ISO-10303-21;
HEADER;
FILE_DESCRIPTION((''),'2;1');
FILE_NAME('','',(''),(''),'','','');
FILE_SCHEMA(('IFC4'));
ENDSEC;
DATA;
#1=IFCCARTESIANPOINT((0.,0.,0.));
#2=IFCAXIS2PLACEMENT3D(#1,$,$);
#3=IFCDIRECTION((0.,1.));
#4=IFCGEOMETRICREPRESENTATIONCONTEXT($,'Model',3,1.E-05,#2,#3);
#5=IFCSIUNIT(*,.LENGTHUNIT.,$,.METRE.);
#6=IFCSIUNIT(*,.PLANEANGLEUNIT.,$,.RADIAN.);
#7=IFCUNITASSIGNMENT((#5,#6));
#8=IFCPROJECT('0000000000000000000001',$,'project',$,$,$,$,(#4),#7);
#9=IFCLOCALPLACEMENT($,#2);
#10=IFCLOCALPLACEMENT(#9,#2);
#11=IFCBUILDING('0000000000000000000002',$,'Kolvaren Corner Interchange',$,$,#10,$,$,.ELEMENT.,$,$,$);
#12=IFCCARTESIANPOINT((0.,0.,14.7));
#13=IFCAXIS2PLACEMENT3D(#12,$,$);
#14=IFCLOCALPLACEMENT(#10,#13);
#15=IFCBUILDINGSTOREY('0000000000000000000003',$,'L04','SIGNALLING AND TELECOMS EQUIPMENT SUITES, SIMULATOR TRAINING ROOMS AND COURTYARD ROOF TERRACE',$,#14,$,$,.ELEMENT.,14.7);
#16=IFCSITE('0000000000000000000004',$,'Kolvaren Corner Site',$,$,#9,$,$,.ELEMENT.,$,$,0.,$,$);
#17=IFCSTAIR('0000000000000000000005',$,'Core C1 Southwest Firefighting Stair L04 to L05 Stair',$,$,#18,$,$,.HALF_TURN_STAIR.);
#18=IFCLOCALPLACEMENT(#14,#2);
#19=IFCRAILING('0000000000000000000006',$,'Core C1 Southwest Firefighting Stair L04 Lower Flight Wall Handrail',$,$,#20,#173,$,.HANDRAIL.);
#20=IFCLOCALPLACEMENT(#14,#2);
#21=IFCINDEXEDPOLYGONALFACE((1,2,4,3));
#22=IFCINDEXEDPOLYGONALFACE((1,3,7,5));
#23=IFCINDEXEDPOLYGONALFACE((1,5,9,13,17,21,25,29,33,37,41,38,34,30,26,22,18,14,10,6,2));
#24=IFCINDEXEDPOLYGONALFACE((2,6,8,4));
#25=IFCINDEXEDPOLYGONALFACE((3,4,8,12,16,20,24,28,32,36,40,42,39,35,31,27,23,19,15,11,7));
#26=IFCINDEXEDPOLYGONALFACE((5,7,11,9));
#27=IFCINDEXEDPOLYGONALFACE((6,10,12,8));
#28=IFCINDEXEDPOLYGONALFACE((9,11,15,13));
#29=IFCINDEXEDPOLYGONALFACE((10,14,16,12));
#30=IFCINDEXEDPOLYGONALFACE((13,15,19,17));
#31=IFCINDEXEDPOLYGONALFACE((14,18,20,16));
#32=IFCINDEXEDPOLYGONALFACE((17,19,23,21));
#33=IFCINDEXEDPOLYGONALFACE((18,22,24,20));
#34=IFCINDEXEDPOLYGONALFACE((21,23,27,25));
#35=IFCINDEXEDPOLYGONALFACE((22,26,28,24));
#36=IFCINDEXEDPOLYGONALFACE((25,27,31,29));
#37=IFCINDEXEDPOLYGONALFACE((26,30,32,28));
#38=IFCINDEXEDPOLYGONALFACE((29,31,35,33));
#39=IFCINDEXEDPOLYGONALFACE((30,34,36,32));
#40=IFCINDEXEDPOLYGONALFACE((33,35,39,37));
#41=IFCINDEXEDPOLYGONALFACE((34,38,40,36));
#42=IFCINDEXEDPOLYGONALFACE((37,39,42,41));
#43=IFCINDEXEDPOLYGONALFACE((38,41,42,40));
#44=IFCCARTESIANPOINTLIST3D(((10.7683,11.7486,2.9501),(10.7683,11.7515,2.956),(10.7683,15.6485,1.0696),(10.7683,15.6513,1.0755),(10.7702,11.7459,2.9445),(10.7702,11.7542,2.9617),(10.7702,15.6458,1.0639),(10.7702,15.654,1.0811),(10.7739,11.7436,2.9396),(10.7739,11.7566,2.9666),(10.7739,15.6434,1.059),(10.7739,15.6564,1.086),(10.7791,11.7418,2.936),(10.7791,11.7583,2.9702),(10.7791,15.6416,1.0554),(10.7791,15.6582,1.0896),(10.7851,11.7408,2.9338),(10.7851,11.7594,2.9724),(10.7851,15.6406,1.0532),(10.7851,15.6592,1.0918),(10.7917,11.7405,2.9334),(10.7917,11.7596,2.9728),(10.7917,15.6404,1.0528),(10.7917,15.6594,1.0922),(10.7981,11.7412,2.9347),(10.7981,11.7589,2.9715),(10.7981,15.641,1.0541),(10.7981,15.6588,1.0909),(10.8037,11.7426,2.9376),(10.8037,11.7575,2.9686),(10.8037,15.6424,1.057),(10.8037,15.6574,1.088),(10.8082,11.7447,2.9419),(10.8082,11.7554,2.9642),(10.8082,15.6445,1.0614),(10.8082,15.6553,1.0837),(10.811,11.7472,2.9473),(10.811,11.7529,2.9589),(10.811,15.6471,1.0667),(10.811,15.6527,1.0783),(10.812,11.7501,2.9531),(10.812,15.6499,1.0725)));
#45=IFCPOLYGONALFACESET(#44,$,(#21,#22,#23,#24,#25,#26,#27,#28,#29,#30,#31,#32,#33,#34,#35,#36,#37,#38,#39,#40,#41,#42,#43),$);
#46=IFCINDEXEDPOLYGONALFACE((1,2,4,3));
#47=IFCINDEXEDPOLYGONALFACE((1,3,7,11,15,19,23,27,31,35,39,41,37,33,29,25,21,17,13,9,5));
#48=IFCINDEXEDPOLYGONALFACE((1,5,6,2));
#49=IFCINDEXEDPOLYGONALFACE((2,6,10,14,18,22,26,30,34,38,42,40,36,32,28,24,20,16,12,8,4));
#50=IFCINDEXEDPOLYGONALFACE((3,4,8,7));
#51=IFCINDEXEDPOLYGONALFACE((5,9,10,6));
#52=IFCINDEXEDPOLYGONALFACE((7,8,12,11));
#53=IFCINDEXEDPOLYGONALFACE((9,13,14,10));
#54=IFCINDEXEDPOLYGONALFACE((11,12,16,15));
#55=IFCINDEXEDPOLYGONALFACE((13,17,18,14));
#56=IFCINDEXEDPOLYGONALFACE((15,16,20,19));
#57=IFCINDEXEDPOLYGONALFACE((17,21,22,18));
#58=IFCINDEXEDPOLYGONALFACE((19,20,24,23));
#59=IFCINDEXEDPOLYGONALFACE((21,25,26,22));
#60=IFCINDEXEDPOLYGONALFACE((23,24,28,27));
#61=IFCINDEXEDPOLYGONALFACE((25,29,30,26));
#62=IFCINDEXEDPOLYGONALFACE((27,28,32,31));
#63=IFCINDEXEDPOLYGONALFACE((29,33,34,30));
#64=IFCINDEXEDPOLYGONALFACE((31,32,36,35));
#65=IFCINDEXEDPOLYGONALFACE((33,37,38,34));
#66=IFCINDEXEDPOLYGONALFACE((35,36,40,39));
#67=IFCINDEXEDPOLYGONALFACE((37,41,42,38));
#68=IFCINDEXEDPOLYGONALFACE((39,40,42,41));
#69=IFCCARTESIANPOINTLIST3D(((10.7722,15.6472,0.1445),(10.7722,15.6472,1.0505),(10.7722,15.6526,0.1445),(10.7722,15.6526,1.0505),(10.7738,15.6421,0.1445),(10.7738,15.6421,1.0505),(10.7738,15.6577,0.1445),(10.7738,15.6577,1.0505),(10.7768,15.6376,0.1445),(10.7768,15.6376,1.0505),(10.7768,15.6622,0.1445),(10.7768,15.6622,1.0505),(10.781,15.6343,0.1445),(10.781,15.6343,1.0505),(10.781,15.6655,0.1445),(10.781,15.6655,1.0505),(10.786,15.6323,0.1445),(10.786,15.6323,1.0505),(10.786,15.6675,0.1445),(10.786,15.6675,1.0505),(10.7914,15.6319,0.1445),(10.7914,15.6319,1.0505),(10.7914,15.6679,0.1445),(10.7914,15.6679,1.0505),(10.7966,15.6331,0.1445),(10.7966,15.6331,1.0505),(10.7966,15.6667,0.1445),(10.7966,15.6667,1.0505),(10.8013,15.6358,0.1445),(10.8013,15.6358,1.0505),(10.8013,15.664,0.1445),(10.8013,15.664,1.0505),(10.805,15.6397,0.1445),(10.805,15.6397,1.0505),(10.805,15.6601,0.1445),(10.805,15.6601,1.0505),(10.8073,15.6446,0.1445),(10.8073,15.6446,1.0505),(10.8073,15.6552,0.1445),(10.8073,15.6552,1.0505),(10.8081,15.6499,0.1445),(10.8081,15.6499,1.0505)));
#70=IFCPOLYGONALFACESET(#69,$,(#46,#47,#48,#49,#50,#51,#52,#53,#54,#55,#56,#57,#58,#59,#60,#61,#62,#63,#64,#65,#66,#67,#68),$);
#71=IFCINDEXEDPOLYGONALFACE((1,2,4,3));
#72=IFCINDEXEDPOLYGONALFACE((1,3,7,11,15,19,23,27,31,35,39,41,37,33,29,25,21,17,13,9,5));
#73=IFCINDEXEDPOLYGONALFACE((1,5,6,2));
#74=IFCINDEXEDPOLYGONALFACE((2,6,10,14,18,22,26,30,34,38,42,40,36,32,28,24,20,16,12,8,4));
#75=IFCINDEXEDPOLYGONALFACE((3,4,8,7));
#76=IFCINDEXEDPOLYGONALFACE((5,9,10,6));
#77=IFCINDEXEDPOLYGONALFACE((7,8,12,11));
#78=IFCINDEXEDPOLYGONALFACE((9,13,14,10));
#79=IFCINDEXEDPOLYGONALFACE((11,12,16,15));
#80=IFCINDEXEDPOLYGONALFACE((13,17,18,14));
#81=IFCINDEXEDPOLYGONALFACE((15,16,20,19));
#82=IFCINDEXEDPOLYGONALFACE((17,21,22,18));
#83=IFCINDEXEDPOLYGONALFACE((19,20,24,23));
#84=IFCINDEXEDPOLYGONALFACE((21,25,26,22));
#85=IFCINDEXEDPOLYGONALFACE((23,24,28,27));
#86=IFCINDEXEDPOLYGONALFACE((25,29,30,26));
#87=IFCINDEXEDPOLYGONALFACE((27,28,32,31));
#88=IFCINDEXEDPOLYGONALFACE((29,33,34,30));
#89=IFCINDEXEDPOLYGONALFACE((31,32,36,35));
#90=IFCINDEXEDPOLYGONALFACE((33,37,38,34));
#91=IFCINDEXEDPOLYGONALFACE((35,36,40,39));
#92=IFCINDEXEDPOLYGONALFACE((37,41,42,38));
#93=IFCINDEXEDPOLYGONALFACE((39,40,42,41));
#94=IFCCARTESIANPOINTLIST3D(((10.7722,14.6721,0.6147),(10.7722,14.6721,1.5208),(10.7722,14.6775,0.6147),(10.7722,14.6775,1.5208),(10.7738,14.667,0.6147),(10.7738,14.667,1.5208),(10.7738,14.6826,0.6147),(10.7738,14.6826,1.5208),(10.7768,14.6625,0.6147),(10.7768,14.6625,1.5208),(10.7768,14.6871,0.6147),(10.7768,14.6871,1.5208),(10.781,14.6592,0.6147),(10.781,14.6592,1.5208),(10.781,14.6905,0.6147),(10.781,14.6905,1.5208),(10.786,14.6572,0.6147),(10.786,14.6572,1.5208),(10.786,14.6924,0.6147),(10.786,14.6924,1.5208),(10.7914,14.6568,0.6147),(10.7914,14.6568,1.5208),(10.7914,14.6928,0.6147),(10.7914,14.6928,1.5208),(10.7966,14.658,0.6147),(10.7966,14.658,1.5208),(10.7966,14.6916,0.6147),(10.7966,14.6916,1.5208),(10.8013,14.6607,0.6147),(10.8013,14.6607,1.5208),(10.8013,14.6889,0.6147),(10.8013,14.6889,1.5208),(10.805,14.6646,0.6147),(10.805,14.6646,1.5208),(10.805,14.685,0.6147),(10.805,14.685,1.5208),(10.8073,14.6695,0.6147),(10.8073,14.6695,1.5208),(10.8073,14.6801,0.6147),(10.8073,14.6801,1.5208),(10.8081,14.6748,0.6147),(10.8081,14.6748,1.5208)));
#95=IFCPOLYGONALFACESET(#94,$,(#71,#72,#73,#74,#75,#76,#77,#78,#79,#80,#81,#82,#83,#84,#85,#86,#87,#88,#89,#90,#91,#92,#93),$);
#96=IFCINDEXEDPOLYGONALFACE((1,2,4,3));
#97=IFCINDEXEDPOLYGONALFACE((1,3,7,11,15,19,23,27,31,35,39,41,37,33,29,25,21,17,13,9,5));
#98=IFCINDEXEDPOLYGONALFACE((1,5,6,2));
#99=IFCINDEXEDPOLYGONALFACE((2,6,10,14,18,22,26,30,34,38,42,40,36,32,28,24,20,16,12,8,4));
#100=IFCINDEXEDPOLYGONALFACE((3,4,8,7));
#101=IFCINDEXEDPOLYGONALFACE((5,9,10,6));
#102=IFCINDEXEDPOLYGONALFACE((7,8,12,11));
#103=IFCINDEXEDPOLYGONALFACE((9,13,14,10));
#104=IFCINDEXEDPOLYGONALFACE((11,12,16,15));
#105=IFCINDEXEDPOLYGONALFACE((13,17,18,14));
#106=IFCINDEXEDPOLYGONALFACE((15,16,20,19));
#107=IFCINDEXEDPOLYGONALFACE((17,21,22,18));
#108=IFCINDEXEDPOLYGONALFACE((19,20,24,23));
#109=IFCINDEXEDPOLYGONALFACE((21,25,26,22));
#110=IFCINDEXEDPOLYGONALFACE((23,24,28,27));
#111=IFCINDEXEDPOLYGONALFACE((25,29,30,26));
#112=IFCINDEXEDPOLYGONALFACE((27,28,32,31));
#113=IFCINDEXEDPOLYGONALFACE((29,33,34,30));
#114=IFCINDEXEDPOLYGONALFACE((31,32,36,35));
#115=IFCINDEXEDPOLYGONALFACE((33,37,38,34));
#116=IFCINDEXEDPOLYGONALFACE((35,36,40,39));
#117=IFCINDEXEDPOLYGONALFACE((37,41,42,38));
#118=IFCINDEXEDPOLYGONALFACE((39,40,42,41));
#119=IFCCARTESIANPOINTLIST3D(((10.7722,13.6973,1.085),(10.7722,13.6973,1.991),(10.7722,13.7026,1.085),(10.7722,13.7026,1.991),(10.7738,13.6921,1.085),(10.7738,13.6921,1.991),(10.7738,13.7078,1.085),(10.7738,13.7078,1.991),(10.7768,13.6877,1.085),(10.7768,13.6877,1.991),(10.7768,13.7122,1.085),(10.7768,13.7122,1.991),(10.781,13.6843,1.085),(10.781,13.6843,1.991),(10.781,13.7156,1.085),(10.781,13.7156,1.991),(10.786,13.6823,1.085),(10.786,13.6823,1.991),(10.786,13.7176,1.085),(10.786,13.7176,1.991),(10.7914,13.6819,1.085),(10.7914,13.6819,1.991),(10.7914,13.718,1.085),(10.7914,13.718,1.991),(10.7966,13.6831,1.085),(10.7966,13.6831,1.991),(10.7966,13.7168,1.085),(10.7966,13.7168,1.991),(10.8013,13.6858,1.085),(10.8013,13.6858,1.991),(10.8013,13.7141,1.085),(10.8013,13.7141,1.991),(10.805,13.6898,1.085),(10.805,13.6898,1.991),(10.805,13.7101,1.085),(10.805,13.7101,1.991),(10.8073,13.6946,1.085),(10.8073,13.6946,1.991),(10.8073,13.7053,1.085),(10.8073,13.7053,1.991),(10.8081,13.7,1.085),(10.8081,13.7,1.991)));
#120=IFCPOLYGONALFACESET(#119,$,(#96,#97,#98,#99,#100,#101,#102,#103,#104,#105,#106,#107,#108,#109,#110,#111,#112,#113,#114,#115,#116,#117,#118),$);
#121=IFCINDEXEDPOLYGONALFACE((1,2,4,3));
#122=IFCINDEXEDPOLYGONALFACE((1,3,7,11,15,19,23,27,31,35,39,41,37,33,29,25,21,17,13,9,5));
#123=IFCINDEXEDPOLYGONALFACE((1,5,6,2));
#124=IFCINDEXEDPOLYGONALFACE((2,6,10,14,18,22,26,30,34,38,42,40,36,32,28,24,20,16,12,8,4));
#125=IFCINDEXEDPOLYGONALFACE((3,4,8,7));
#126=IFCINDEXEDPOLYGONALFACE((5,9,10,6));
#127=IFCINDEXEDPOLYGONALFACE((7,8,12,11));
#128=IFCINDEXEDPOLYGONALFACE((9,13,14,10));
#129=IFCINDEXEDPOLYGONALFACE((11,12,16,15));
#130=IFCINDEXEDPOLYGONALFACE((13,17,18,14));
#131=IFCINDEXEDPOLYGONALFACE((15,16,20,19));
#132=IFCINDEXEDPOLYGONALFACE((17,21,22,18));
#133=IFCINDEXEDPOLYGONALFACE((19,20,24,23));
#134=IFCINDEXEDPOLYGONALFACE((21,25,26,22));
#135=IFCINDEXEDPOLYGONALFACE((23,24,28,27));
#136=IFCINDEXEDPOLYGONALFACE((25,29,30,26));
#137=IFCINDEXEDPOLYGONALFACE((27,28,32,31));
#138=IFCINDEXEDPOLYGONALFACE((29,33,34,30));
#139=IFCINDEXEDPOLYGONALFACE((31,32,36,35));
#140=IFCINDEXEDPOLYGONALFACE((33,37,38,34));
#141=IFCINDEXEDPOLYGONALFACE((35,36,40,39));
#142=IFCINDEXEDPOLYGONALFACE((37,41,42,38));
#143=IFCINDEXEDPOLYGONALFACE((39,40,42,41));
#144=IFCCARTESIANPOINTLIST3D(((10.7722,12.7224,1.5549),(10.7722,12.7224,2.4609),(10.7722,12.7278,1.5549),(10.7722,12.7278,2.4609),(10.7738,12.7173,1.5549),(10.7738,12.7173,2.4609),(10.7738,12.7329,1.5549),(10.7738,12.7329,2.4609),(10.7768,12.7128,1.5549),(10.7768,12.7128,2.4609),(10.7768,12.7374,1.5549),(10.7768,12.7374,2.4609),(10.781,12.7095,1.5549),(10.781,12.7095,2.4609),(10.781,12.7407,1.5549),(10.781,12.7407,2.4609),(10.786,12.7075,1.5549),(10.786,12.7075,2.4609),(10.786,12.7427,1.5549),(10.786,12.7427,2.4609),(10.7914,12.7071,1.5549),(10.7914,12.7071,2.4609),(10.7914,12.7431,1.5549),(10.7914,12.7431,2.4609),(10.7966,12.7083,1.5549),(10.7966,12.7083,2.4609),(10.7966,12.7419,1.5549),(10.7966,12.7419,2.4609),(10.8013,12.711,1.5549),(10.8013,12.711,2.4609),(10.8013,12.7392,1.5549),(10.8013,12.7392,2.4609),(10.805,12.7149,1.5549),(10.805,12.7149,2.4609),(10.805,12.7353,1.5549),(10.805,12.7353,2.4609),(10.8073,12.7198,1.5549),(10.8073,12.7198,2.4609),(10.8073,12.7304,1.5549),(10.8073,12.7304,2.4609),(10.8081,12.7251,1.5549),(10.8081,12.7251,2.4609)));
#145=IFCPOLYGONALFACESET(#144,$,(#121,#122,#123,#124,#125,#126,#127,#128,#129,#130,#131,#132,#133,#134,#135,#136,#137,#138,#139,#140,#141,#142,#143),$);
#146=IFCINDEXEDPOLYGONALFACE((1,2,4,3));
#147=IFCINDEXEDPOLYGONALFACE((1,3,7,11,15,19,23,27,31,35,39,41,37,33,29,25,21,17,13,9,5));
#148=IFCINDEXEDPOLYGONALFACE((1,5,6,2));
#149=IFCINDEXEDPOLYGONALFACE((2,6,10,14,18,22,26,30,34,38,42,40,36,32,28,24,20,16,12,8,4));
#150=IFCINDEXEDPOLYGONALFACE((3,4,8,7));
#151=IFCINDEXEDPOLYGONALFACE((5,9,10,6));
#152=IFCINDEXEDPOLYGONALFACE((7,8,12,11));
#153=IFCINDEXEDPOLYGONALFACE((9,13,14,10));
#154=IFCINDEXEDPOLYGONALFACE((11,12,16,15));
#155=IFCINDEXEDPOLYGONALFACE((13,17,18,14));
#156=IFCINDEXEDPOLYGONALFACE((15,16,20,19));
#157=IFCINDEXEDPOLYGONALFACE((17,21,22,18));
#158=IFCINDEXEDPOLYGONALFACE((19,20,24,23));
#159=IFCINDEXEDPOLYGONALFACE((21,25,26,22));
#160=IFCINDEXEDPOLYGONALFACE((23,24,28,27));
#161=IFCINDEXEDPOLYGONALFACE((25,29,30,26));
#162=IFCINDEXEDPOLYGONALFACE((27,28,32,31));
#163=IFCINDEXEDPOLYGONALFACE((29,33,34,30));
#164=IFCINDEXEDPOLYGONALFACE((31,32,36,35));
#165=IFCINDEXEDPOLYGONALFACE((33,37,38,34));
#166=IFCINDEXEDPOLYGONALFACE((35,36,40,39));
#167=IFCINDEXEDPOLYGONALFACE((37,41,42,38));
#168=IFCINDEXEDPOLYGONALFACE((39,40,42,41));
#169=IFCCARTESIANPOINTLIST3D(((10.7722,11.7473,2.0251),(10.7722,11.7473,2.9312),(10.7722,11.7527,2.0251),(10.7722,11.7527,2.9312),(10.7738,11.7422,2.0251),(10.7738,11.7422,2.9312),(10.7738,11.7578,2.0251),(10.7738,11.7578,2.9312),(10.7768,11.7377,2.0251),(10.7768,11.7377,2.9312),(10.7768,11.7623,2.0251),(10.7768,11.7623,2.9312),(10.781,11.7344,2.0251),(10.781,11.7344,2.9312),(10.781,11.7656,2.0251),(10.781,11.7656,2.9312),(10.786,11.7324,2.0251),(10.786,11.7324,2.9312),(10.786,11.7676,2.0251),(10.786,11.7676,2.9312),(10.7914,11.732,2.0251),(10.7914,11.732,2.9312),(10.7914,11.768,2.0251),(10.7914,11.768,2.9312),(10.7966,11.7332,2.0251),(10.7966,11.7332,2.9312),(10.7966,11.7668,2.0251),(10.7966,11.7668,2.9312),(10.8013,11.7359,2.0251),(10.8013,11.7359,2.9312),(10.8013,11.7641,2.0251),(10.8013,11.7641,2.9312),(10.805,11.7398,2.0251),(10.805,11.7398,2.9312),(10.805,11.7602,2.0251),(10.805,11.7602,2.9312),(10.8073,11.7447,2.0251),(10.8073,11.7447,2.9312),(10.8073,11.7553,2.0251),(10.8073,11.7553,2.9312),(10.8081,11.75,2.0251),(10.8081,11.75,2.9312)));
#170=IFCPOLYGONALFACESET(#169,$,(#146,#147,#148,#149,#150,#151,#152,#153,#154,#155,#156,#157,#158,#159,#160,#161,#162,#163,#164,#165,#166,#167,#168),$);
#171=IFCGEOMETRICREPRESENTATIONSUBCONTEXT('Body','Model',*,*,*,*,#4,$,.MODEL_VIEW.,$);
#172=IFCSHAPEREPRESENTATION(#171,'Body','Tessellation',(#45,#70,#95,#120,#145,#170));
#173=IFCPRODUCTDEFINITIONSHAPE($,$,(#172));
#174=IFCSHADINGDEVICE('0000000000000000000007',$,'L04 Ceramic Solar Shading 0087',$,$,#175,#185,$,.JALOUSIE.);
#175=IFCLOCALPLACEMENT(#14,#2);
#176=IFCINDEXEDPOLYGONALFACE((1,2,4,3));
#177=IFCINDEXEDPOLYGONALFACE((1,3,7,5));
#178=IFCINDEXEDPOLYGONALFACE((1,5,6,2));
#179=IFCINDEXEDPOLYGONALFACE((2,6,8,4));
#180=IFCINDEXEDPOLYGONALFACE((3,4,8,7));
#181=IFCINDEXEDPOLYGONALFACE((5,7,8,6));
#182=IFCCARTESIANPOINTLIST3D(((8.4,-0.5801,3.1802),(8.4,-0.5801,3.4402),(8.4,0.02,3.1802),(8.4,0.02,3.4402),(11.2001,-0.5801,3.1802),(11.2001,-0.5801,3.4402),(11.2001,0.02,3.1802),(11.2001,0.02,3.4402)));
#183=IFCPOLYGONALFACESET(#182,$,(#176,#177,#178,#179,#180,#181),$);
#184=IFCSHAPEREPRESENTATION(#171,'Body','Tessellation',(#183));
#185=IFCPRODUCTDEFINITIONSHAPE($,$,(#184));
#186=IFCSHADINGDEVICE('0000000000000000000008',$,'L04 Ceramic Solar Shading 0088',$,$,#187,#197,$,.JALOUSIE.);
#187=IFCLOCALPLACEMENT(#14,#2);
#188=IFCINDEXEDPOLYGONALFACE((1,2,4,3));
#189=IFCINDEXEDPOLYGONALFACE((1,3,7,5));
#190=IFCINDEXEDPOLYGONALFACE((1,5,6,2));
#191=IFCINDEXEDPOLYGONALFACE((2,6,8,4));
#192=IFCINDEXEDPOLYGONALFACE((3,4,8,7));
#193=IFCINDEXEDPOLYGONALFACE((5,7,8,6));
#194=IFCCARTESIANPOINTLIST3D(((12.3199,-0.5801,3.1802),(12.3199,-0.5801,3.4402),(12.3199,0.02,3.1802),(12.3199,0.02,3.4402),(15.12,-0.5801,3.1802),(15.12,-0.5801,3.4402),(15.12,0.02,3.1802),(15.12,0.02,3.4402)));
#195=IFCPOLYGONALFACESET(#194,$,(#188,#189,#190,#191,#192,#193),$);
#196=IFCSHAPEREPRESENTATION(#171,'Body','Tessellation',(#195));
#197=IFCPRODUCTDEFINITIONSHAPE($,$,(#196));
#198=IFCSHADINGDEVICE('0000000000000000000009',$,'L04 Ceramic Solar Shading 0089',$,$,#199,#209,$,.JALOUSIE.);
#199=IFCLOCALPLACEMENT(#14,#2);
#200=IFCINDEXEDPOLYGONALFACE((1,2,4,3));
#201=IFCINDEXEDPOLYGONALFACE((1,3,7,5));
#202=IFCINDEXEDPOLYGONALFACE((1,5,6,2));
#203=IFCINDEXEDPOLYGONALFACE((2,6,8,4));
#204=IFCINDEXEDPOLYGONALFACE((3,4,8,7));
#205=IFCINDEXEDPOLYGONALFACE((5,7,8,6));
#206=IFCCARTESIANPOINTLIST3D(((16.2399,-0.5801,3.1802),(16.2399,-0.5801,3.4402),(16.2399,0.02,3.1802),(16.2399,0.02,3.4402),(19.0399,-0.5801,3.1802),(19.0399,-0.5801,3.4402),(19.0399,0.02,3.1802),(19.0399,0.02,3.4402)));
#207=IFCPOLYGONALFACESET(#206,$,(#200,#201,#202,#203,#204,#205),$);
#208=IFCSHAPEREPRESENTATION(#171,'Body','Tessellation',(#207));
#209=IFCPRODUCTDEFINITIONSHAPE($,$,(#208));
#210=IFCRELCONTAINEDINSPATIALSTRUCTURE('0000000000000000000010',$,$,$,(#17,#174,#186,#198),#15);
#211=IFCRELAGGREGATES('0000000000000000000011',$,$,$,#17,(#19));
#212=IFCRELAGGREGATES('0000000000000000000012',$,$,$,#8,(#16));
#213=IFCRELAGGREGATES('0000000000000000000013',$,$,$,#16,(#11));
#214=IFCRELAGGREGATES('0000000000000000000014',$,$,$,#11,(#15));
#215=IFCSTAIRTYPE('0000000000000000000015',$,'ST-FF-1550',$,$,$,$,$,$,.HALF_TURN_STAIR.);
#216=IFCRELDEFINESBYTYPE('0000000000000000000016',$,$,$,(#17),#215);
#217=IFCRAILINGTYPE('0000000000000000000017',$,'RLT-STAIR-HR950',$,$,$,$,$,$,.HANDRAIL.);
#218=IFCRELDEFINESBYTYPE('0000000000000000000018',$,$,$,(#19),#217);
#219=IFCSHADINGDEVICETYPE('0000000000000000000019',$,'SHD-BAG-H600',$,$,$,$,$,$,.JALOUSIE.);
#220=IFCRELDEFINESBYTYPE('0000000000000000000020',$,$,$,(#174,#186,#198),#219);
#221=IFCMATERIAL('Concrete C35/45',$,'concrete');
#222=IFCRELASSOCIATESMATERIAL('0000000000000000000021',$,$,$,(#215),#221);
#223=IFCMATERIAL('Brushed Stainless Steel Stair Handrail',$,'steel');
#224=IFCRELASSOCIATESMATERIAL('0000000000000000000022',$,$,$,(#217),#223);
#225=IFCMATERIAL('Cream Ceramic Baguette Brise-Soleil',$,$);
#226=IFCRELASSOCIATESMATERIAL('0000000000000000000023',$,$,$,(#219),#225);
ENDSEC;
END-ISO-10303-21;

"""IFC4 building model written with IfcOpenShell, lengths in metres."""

from ifc_helpers import new_model, si_unit, direction, frame, origin, origin_2d, place, context, subcontext, project, spatial, rectangle, circle, extrude, material, type_object, element, aggregate, save


model = new_model("IFC4")

# Units and contexts
model_context = context("Model", 3, precision=1e-05, world=origin(), true_north=direction((0.0, 1.0)))
body_context = subcontext(model_context, "Body", "Model", "MODEL_VIEW")
ifc_project = project(units=[si_unit("LENGTHUNIT", "METRE"), si_unit("PLANEANGLEUNIT", "RADIAN")], contexts=[model_context])

# Site, building, storey
site_placement = place(None, origin())
site = spatial("IfcSite", under=ifc_project, at=site_placement, Name="Kolvaren Corner Site", CompositionType="ELEMENT", RefElevation=0.0)
building_placement = place(site_placement, origin())
building = spatial("IfcBuilding", under=site, at=building_placement, Name="Kolvaren Corner Interchange", CompositionType="ELEMENT")
storey_placement = place(building_placement, frame((0.0, 0.0, 14.7)))
storey = spatial("IfcBuildingStorey", under=building, at=storey_placement, Name="L04", Description="SIGNALLING AND TELECOMS EQUIPMENT SUITES, SIMULATOR TRAINING ROOMS AND COURTYARD ROOF TERRACE", CompositionType="ELEMENT", Elevation=14.7)

# Stair
ifc_material_1 = material(Name="Concrete C35/45", Category="concrete")
stair_type = type_object("IfcStairType", Name="ST-FF-1550", PredefinedType="HALF_TURN_STAIR", material=ifc_material_1)
stair_placement = place(storey_placement, origin())
stair = element("IfcStair", 1, at=stair_placement, inside=storey, type_object=stair_type, Name="Core C1 Southwest Firefighting Stair L04 to L05 Stair", PredefinedType="HALF_TURN_STAIR")

# Railing
ifc_material_2 = material(Name="Brushed Stainless Steel Stair Handrail", Category="steel")
railing_type_1 = type_object("IfcRailingType", Name="RLT-STAIR-HR950", PredefinedType="HANDRAIL", material=ifc_material_2)
railing_1_placement = place(storey_placement, frame((10.79, 15.6499, 0.1445)))
railing_1 = element("IfcRailing", 2, at=railing_1_placement, type_object=railing_type_1, Name="Core C1 Southwest Firefighting Stair L04 Lower Flight Wall Handrail", PredefinedType="HANDRAIL", context=body_context, shape_type="SweptSolid", body=[
    extrude(circle(Radius=0.022, at=origin_2d()), frame((0.0, 0.0, 0.928), z_axis=(0.0, -0.900741, 0.434356), x_axis=(1.0, 0.0, 0.0)), (0.0, 0.0, 1.0), 4.3296),
    extrude(circle(Radius=0.0181, at=origin_2d()), origin(), (0.0, 0.0, 1.0), 0.906),
    extrude(circle(Radius=0.0181, at=origin_2d()), frame((0.0, -0.9751, 0.4702)), (0.0, 0.0, 1.0), 0.906),
    extrude(circle(Radius=0.0181, at=origin_2d()), frame((0.0, -1.95, 0.9404)), (0.0, 0.0, 1.0), 0.906),
    extrude(circle(Radius=0.0181, at=origin_2d()), frame((0.0, -2.9248, 1.4104)), (0.0, 0.0, 1.0), 0.906),
    extrude(circle(Radius=0.0181, at=origin_2d()), frame((0.0, -3.8999, 1.8806)), (0.0, 0.0, 1.0), 0.906),
])
aggregate(stair, [railing_1])

# Shading devices
ifc_material_3 = material(Name="Cream Ceramic Baguette Brise-Soleil")
shading_device_type = type_object("IfcShadingDeviceType", Name="SHD-BAG-H600", PredefinedType="JALOUSIE", material=ifc_material_3)
for number, where, z_axis, x_axis, name in (
    (3, (9.8, -0.28, 3.1802), (0.0, 0.0, 1.0), (1.0, 0.0, 0.0), "L04 Ceramic Solar Shading 0087"),
    (4, (13.72, -0.28, 3.1802), (0.0, 0.0, 1.0), (1.0, 0.0, 0.0), "L04 Ceramic Solar Shading 0088"),
    (5, (17.6399, -0.28, 3.1802), (0.0, 0.0, 1.0), (1.0, 0.0, 0.0), "L04 Ceramic Solar Shading 0089"),
):
    element("IfcShadingDevice", number, at=place(storey_placement, frame(where, z_axis=z_axis, x_axis=x_axis)), inside=storey, type_object=shading_device_type, Name=name, PredefinedType="JALOUSIE", context=body_context, shape_type="SweptSolid", body=[
        extrude(rectangle(XDim=2.8, YDim=0.6001, at=origin_2d()), origin(), (0.0, 0.0, 1.0), 0.26),
    ])

save(model, "model.ifc")
